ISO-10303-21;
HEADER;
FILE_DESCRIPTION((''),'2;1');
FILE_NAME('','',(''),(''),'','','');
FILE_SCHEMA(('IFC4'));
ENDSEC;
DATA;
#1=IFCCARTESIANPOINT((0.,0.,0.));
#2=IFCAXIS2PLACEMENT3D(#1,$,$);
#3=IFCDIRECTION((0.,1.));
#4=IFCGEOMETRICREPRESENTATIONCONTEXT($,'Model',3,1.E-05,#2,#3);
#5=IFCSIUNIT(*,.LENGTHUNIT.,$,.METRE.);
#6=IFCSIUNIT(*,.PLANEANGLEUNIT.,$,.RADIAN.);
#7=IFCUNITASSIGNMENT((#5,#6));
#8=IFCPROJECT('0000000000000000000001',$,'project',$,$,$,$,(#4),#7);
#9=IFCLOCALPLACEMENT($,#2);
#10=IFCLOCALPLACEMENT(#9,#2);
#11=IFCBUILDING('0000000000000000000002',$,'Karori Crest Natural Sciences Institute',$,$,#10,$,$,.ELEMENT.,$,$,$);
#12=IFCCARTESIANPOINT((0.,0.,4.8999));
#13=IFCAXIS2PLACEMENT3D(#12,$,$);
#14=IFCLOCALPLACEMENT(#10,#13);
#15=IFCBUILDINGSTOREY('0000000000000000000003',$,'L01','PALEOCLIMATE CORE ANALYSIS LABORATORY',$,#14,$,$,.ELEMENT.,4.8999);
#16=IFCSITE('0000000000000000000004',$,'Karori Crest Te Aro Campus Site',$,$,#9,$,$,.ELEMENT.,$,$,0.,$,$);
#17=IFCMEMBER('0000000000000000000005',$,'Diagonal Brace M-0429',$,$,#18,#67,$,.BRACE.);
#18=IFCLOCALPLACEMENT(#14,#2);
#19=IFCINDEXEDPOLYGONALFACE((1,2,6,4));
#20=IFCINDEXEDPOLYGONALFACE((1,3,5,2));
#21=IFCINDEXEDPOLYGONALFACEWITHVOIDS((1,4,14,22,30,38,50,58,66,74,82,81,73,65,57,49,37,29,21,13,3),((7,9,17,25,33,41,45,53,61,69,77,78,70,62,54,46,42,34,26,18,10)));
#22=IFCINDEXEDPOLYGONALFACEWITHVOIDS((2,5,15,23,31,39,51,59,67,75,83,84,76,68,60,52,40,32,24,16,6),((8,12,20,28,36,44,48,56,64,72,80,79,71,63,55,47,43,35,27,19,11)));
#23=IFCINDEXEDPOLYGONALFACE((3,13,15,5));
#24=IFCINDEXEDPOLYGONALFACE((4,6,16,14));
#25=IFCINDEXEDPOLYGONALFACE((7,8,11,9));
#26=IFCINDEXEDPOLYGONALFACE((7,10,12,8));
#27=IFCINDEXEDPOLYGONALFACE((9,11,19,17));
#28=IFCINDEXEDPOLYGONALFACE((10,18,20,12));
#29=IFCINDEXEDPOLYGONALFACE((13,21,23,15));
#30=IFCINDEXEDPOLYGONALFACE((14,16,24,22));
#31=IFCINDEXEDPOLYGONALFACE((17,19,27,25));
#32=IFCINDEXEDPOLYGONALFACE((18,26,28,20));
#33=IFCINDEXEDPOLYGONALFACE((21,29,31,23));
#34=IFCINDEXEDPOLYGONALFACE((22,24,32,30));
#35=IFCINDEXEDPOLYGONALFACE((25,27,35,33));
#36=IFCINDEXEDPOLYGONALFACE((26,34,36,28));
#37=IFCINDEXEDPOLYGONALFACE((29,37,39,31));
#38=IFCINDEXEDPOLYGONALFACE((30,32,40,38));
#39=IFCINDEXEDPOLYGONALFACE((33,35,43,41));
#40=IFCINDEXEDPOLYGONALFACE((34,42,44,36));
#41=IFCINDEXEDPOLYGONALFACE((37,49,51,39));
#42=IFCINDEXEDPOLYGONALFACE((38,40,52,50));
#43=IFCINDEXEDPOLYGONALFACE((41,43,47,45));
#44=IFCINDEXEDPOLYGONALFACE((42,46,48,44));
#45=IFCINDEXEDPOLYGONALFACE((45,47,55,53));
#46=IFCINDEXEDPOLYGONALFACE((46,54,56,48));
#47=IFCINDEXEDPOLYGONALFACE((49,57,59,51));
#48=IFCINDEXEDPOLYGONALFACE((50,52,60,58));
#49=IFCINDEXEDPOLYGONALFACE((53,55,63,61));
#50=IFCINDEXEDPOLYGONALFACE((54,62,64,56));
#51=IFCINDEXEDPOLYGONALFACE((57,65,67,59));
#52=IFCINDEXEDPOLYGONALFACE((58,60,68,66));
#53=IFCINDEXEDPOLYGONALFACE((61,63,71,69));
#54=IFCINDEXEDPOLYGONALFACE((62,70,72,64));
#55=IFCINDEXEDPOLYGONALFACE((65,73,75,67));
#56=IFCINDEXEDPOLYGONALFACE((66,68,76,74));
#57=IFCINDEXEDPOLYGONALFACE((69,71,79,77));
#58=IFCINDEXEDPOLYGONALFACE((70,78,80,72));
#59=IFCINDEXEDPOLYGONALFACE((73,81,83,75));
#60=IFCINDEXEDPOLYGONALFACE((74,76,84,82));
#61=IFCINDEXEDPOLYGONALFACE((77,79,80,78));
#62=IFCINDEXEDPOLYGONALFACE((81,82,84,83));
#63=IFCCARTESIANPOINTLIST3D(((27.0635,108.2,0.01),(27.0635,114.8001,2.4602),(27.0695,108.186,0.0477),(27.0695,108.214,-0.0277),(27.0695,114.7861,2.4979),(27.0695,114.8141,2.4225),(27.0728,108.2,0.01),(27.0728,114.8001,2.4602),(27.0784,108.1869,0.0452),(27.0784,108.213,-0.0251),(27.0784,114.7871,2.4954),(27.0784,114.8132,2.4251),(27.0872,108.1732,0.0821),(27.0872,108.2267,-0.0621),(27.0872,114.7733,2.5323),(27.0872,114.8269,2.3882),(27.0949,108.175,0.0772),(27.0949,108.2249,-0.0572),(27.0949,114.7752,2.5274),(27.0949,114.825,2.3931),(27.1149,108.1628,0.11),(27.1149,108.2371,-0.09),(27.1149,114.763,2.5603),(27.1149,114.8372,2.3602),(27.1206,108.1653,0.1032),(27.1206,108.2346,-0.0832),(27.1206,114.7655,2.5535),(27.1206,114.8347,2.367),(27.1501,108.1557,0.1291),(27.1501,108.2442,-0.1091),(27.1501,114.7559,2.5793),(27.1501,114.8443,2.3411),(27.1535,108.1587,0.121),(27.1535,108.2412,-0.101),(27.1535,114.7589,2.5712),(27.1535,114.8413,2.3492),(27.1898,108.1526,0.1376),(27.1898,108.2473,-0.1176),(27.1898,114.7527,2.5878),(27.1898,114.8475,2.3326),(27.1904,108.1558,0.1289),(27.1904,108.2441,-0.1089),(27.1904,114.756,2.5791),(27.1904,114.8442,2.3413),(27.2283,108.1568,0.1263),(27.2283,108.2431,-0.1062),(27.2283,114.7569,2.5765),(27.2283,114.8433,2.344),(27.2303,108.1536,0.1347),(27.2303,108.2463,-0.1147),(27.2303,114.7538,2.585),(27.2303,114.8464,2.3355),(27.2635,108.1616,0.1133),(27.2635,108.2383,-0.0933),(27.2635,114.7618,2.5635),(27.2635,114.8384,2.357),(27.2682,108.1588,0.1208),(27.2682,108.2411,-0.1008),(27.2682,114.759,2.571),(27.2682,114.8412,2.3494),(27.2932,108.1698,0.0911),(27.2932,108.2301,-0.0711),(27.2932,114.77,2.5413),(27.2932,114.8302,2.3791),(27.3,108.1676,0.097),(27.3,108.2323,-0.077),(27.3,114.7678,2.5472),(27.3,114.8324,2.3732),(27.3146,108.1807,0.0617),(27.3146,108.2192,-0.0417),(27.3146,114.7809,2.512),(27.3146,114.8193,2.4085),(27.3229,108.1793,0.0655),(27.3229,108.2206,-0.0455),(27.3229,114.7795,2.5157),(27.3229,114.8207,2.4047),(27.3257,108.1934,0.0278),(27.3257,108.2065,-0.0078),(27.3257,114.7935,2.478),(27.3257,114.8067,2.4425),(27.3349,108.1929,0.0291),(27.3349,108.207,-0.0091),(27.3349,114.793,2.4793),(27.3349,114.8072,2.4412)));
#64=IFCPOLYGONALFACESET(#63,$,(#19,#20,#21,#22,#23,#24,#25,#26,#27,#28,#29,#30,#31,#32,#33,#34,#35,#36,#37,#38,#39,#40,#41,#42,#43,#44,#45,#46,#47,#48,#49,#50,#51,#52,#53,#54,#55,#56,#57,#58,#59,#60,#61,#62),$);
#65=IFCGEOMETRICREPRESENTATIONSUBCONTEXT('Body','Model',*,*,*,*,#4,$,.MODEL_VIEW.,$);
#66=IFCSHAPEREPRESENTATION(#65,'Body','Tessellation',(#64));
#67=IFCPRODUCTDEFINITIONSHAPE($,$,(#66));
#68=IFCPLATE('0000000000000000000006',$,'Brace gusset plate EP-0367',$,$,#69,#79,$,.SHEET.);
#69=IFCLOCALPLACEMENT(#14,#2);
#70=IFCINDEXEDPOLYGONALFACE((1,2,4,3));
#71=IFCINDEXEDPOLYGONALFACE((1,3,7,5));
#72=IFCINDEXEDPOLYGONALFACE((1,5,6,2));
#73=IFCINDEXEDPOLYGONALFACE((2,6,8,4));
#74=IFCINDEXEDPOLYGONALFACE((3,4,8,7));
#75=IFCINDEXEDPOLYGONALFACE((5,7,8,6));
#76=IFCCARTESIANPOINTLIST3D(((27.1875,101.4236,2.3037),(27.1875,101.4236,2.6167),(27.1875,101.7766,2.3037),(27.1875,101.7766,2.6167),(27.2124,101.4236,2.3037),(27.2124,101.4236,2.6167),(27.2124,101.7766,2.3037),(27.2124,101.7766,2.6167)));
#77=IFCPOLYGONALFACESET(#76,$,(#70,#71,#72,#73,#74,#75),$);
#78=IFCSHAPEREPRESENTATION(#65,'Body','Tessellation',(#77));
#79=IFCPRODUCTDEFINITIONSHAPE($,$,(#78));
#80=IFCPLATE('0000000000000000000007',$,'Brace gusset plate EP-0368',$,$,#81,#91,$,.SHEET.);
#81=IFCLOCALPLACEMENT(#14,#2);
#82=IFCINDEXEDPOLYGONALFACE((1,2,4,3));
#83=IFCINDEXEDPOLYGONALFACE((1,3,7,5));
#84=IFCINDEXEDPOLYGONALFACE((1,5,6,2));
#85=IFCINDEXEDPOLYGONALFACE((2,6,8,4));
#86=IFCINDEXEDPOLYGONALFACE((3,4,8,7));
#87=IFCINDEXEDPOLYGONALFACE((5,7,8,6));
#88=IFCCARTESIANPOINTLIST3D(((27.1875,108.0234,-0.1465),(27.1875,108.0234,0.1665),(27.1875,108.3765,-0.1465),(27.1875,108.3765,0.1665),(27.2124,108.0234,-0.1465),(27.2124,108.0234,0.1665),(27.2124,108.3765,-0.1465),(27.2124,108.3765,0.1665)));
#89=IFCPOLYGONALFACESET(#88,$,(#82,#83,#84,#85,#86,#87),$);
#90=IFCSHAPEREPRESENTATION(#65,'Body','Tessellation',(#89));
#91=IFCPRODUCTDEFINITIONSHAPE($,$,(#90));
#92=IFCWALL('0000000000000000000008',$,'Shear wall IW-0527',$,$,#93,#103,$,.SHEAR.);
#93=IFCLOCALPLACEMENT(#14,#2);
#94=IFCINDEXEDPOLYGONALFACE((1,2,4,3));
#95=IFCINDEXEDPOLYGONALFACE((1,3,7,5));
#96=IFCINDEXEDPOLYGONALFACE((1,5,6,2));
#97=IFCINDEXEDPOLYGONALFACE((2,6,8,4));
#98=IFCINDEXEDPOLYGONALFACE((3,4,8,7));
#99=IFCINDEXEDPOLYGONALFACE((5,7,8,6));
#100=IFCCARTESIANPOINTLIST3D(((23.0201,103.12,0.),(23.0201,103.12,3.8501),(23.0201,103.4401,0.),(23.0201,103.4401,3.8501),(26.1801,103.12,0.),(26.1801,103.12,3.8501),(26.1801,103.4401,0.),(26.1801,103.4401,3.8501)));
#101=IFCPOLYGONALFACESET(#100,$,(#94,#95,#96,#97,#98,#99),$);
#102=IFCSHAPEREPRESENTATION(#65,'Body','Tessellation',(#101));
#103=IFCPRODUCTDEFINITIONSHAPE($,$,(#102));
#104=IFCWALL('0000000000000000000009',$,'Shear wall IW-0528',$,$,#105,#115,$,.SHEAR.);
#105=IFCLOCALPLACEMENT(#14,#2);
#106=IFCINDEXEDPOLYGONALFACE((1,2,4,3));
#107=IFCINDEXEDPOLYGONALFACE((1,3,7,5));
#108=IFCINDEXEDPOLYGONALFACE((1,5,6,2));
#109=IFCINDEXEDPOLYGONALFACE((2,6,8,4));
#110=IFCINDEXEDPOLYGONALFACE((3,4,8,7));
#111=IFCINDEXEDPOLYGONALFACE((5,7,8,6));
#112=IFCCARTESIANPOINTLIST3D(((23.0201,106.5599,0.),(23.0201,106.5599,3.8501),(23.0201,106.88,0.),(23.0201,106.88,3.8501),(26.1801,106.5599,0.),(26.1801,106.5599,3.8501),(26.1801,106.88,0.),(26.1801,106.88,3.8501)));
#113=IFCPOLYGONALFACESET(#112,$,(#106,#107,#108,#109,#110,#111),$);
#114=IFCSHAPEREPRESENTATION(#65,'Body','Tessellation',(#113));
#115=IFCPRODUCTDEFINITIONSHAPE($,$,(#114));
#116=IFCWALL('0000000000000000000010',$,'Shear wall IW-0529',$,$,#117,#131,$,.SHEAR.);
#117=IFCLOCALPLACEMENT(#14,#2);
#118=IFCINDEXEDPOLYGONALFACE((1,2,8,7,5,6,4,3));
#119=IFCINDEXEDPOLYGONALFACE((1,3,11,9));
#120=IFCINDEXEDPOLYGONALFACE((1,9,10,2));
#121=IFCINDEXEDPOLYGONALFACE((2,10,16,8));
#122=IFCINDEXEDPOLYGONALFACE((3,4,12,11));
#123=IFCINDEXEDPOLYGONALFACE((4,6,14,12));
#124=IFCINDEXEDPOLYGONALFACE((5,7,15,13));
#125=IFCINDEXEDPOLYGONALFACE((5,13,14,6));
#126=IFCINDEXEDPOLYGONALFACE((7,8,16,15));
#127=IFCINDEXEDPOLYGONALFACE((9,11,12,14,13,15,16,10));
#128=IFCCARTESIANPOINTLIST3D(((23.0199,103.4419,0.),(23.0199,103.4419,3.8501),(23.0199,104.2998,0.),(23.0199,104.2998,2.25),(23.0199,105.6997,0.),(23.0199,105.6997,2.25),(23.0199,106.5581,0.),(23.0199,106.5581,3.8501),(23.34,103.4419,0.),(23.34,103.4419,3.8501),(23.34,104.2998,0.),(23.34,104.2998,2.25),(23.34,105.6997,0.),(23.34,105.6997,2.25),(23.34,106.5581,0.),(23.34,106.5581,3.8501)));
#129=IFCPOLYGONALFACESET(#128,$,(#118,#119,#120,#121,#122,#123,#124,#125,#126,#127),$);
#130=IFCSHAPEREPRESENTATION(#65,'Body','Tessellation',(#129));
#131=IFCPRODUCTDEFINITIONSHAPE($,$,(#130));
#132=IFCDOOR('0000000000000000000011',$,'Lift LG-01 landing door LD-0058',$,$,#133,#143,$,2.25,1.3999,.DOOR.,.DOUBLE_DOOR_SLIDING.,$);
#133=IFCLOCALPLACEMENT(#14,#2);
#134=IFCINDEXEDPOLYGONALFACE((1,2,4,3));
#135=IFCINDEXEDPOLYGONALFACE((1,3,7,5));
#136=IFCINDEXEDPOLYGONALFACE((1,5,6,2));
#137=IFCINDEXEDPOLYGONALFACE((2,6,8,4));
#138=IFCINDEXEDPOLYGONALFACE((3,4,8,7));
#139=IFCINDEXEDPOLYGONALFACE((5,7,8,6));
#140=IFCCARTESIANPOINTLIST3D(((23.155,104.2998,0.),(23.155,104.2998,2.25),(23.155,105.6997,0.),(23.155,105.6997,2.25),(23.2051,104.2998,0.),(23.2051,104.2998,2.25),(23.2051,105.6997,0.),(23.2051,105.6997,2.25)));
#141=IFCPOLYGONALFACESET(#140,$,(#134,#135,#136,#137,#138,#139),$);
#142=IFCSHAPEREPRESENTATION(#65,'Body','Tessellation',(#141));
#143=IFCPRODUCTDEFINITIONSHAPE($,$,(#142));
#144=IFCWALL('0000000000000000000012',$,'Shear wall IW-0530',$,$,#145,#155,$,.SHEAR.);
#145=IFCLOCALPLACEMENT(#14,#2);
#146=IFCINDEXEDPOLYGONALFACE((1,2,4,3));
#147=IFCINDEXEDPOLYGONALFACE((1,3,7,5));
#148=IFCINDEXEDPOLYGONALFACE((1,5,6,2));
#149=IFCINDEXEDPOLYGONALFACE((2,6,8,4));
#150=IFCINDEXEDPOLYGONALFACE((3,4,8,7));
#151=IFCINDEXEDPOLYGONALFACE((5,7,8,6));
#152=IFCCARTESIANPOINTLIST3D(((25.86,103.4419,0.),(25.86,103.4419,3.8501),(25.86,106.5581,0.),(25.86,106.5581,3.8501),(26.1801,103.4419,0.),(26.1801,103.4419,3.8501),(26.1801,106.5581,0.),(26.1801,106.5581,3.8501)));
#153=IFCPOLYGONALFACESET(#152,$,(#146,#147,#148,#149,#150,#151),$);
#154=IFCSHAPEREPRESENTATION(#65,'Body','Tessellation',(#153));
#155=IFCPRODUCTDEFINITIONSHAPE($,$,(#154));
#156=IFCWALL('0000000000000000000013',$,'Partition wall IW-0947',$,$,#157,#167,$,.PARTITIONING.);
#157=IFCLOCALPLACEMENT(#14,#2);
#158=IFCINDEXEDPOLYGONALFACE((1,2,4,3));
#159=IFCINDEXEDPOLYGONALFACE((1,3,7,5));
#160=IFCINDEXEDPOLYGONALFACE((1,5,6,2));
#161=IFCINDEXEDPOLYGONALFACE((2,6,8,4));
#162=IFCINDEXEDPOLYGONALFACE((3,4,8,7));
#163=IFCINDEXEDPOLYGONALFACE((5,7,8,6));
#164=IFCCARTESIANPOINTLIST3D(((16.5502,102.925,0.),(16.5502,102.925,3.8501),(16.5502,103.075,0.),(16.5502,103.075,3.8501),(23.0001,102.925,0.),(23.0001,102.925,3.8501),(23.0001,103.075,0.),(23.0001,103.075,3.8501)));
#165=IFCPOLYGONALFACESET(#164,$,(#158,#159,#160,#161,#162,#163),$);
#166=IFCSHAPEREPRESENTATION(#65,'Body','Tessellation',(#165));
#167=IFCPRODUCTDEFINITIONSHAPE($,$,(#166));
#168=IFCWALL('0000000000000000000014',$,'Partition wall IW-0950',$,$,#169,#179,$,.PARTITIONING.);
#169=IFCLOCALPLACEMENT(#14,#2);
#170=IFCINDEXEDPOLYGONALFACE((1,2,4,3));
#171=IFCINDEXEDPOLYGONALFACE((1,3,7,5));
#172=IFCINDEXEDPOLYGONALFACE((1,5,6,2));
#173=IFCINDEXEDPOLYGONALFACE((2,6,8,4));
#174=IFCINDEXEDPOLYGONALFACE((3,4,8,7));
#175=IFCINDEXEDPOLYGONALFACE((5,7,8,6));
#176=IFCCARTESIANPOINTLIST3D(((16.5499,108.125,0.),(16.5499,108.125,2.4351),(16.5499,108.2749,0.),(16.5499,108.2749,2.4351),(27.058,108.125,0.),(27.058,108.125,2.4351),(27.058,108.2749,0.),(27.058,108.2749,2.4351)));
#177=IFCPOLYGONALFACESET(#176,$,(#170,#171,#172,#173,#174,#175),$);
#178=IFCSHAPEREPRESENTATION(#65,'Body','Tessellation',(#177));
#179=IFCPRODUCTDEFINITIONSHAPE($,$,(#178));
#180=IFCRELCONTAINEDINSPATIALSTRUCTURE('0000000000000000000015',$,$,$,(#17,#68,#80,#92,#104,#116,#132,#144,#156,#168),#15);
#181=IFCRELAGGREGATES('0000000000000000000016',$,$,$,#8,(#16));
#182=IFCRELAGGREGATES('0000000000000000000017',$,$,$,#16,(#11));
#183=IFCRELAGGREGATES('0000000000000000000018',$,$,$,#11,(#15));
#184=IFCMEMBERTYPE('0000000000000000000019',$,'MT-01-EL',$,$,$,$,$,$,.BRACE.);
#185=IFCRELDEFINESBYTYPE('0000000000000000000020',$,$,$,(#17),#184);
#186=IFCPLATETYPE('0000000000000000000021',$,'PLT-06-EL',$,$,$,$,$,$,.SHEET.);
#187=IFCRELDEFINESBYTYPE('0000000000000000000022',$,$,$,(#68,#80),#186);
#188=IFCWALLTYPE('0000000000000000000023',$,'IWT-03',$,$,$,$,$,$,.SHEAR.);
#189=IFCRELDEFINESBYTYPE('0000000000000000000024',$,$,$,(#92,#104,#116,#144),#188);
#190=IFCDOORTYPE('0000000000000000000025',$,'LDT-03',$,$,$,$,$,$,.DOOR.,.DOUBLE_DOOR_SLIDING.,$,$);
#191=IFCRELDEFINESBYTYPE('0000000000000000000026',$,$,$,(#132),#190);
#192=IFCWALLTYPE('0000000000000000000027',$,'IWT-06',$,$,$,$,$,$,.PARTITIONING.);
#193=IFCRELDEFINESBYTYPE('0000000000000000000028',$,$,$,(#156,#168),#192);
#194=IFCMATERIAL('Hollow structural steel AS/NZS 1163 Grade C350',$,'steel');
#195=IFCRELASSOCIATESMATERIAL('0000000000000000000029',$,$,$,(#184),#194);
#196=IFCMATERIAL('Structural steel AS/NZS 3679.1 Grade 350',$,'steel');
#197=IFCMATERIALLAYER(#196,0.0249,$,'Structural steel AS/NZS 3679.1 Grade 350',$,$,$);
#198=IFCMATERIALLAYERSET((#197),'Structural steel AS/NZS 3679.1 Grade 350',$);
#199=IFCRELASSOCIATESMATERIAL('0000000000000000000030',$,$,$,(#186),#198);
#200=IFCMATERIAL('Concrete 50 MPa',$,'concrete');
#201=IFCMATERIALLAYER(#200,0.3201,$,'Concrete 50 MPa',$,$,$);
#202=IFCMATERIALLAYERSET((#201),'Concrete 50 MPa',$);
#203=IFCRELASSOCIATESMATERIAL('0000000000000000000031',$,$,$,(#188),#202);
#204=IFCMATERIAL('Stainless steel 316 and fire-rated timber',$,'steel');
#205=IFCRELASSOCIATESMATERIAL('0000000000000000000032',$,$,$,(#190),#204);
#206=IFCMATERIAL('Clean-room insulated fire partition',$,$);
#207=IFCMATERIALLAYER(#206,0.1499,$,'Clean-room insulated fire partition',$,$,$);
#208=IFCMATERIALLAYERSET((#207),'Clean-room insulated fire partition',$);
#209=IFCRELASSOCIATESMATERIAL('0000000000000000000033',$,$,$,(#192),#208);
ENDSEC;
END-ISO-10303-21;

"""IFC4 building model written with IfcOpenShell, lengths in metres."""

from ifc_helpers import new_model, si_unit, direction, frame, frame_2d, origin, origin_2d, place, context, subcontext, project, spatial, rectangle, hollow_circle, extrude, material, layer, layer_set, material_profile, profile_set, type_object, element, fill, save


model = new_model("IFC4")

# Units and contexts
model_context = context("Model", 3, precision=1e-05, world=origin(), true_north=direction((0.0, 1.0)))
body_context = subcontext(model_context, "Body", "Model", "MODEL_VIEW")
ifc_project = project(units=[si_unit("LENGTHUNIT", "METRE"), si_unit("PLANEANGLEUNIT", "RADIAN")], contexts=[model_context])

# Site, building, storey
site_placement = place(None, origin())
site = spatial("IfcSite", under=ifc_project, at=site_placement, Name="Karori Crest Te Aro Campus Site", CompositionType="ELEMENT", RefElevation=0.0)
building_placement = place(site_placement, origin())
building = spatial("IfcBuilding", under=site, at=building_placement, Name="Karori Crest Natural Sciences Institute", CompositionType="ELEMENT")
storey_placement = place(building_placement, frame((0.0, 0.0, 4.8999)))
storey = spatial("IfcBuildingStorey", under=building, at=storey_placement, Name="L01", Description="PALEOCLIMATE CORE ANALYSIS LABORATORY", CompositionType="ELEMENT", Elevation=4.8999)

# Shared definitions
ifc_material_1 = material(Name="Concrete 50 MPa", Category="concrete")

# Shared definitions
ifc_material_2 = material(Name="Structural steel AS/NZS 3679.1 Grade 350", Category="steel")

# Member
ifc_material_3 = material(Name="Hollow structural steel AS/NZS 1163 Grade C350", Category="steel")
ifc_material_profile_1 = material_profile(ifc_material_3, hollow_circle(Radius=0.1365, WallThickness=0.0093, at=origin_2d()), Name="CHS273.0x9.3")
ifc_profile_set_1 = profile_set([ifc_material_profile_1], Name="Hollow structural steel AS/NZS 1163 Grade C350")
member_type = type_object("IfcMemberType", Name="MT-01-EL", PredefinedType="BRACE", material=ifc_profile_set_1)
member_placement = place(storey_placement, frame((27.2, 108.2, 0.01), z_axis=(0.0, 0.937484, 0.348028), x_axis=(-1.0, 0.0, 0.0)))
element("IfcMember", 1, at=member_placement, inside=storey, type_object=member_type, Name="Diagonal Brace M-0429", PredefinedType="BRACE", context=body_context, shape_type="SweptSolid", body=[
    extrude(hollow_circle(Radius=0.1365, WallThickness=0.0093, at=origin_2d()), origin(), (0.0, 0.0, 1.0), 7.0403),
])

# Plates
ifc_layer_1 = layer(ifc_material_2, 0.0249, Name="Structural steel AS/NZS 3679.1 Grade 350")
ifc_layer_set_1 = layer_set([ifc_layer_1], Name="Structural steel AS/NZS 3679.1 Grade 350")
plate_type = type_object("IfcPlateType", Name="PLT-06-EL", PredefinedType="SHEET", material=ifc_layer_set_1)
for number, where, z_axis, x_axis, name in (
    (2, (27.2, 101.6001, 2.3037), (0.0, 0.0, 1.0), (0.0, 1.0, 0.0), "Brace gusset plate EP-0367"),
    (3, (27.2, 108.2, -0.1465), (0.0, 0.0, 1.0), (0.0, 1.0, 0.0), "Brace gusset plate EP-0368"),
):
    element("IfcPlate", number, at=place(storey_placement, frame(where, z_axis=z_axis, x_axis=x_axis)), inside=storey, type_object=plate_type, Name=name, PredefinedType="SHEET", context=body_context, shape_type="SweptSolid", body=[
        extrude(rectangle(XDim=0.353, YDim=0.0249, at=origin_2d()), origin(), (0.0, 0.0, 1.0), 0.313),
    ])

# Walls
ifc_layer_2 = layer(ifc_material_1, 0.3201, Name="Concrete 50 MPa")
ifc_layer_set_2 = layer_set([ifc_layer_2], Name="Concrete 50 MPa")
wall_type_1 = type_object("IfcWallType", Name="IWT-03", PredefinedType="SHEAR", material=ifc_layer_set_2)
for number, where, z_axis, x_axis, name in (
    (4, (23.02, 103.28, 0.0), (0.0, 0.0, 1.0), (1.0, 0.0, 0.0), "Shear wall IW-0527"),
    (5, (23.02, 106.72, 0.0), (0.0, 0.0, 1.0), (1.0, 0.0, 0.0), "Shear wall IW-0528"),
):
    element("IfcWall", number, at=place(storey_placement, frame(where, z_axis=z_axis, x_axis=x_axis)), inside=storey, type_object=wall_type_1, Name=name, PredefinedType="SHEAR", context=body_context, shape_type="SweptSolid", body=[
        extrude(rectangle(XDim=3.1599, YDim=0.3201, at=frame_2d((1.5801, 0.0))), origin(), (0.0, 0.0, 1.0), 3.8501),
    ])

# Wall, opening, door
wall_1_placement = place(storey_placement, frame((23.1799, 103.4419, 0.0), z_axis=(0.0, 0.0, 1.0), x_axis=(0.0, 1.0, 0.0)))
wall_1 = element("IfcWall", 6, at=wall_1_placement, inside=storey, type_object=wall_type_1, Name="Shear wall IW-0529", PredefinedType="SHEAR", context=body_context, shape_type="SweptSolid", body=[
    extrude(rectangle(XDim=3.1162, YDim=0.3201, at=frame_2d((1.5581, 0.0))), origin(), (0.0, 0.0, 1.0), 3.8501),
])
opening_1_placement = place(wall_1_placement, frame((0.8579, 0.0, 0.0)))
opening_1 = element("IfcOpeningElement", 7, at=opening_1_placement, cuts=wall_1, PredefinedType="OPENING", context=body_context, shape_type="SweptSolid", body=[
    extrude(rectangle(XDim=1.3999, YDim=2.25, at=frame_2d((0.7, 1.125))), frame((0.0, 0.1699, 0.0), z_axis=(0.0, -1.0, 0.0), x_axis=(1.0, 0.0, 0.0)), (0.0, 0.0, 1.0), 0.3401),
])
ifc_material_4 = material(Name="Stainless steel 316 and fire-rated timber", Category="steel")
door_type_1 = type_object("IfcDoorType", Name="LDT-03", OperationType="DOUBLE_DOOR_SLIDING", PredefinedType="DOOR", material=ifc_material_4)
door_1_placement = place(opening_1_placement, origin())
door_1 = element("IfcDoor", 8, at=door_1_placement, inside=storey, type_object=door_type_1, Name="Lift LG-01 landing door LD-0058", OperationType="DOUBLE_DOOR_SLIDING", OverallHeight=2.25, OverallWidth=1.3999, PredefinedType="DOOR", context=body_context, shape_type="SweptSolid", body=[
    extrude(rectangle(XDim=1.3999, YDim=2.25, at=frame_2d((0.7, 1.125))), frame((0.0, 0.0249, 0.0), z_axis=(0.0, -1.0, 0.0), x_axis=(1.0, 0.0, 0.0)), (0.0, 0.0, 1.0), 0.05),
])
fill(opening_1, door_1)

# Walls
wall_2_placement = place(storey_placement, frame((26.02, 103.4419, 0.0), z_axis=(0.0, 0.0, 1.0), x_axis=(0.0, 1.0, 0.0)))
element("IfcWall", 9, at=wall_2_placement, inside=storey, type_object=wall_type_1, Name="Shear wall IW-0530", PredefinedType="SHEAR", context=body_context, shape_type="SweptSolid", body=[
    extrude(rectangle(XDim=3.1162, YDim=0.3201, at=frame_2d((1.5581, 0.0))), origin(), (0.0, 0.0, 1.0), 3.8501),
])
ifc_material_5 = material(Name="Clean-room insulated fire partition")
ifc_layer_3 = layer(ifc_material_5, 0.1499, Name="Clean-room insulated fire partition")
ifc_layer_set_3 = layer_set([ifc_layer_3], Name="Clean-room insulated fire partition")
wall_type_2 = type_object("IfcWallType", Name="IWT-06", PredefinedType="PARTITIONING", material=ifc_layer_set_3)
wall_3_placement = place(storey_placement, frame((16.55, 103.0, 0.0), z_axis=(0.0, 0.0, 1.0), x_axis=(1.0, 0.0, 0.0)))
element("IfcWall", 10, at=wall_3_placement, inside=storey, type_object=wall_type_2, Name="Partition wall IW-0947", PredefinedType="PARTITIONING", context=body_context, shape_type="SweptSolid", body=[
    extrude(rectangle(XDim=6.45, YDim=0.1499, at=frame_2d((3.2251, 0.0))), origin(), (0.0, 0.0, 1.0), 3.8501),
])
wall_4_placement = place(storey_placement, frame((16.55, 108.2, 0.0), z_axis=(0.0, 0.0, 1.0), x_axis=(1.0, 0.0, 0.0)))
element("IfcWall", 11, at=wall_4_placement, inside=storey, type_object=wall_type_2, Name="Partition wall IW-0950", PredefinedType="PARTITIONING", context=body_context, shape_type="SweptSolid", body=[
    extrude(rectangle(XDim=10.5081, YDim=0.1499, at=frame_2d((5.2539, 0.0))), origin(), (0.0, 0.0, 1.0), 2.4351),
])

save(model, "model.ifc")
